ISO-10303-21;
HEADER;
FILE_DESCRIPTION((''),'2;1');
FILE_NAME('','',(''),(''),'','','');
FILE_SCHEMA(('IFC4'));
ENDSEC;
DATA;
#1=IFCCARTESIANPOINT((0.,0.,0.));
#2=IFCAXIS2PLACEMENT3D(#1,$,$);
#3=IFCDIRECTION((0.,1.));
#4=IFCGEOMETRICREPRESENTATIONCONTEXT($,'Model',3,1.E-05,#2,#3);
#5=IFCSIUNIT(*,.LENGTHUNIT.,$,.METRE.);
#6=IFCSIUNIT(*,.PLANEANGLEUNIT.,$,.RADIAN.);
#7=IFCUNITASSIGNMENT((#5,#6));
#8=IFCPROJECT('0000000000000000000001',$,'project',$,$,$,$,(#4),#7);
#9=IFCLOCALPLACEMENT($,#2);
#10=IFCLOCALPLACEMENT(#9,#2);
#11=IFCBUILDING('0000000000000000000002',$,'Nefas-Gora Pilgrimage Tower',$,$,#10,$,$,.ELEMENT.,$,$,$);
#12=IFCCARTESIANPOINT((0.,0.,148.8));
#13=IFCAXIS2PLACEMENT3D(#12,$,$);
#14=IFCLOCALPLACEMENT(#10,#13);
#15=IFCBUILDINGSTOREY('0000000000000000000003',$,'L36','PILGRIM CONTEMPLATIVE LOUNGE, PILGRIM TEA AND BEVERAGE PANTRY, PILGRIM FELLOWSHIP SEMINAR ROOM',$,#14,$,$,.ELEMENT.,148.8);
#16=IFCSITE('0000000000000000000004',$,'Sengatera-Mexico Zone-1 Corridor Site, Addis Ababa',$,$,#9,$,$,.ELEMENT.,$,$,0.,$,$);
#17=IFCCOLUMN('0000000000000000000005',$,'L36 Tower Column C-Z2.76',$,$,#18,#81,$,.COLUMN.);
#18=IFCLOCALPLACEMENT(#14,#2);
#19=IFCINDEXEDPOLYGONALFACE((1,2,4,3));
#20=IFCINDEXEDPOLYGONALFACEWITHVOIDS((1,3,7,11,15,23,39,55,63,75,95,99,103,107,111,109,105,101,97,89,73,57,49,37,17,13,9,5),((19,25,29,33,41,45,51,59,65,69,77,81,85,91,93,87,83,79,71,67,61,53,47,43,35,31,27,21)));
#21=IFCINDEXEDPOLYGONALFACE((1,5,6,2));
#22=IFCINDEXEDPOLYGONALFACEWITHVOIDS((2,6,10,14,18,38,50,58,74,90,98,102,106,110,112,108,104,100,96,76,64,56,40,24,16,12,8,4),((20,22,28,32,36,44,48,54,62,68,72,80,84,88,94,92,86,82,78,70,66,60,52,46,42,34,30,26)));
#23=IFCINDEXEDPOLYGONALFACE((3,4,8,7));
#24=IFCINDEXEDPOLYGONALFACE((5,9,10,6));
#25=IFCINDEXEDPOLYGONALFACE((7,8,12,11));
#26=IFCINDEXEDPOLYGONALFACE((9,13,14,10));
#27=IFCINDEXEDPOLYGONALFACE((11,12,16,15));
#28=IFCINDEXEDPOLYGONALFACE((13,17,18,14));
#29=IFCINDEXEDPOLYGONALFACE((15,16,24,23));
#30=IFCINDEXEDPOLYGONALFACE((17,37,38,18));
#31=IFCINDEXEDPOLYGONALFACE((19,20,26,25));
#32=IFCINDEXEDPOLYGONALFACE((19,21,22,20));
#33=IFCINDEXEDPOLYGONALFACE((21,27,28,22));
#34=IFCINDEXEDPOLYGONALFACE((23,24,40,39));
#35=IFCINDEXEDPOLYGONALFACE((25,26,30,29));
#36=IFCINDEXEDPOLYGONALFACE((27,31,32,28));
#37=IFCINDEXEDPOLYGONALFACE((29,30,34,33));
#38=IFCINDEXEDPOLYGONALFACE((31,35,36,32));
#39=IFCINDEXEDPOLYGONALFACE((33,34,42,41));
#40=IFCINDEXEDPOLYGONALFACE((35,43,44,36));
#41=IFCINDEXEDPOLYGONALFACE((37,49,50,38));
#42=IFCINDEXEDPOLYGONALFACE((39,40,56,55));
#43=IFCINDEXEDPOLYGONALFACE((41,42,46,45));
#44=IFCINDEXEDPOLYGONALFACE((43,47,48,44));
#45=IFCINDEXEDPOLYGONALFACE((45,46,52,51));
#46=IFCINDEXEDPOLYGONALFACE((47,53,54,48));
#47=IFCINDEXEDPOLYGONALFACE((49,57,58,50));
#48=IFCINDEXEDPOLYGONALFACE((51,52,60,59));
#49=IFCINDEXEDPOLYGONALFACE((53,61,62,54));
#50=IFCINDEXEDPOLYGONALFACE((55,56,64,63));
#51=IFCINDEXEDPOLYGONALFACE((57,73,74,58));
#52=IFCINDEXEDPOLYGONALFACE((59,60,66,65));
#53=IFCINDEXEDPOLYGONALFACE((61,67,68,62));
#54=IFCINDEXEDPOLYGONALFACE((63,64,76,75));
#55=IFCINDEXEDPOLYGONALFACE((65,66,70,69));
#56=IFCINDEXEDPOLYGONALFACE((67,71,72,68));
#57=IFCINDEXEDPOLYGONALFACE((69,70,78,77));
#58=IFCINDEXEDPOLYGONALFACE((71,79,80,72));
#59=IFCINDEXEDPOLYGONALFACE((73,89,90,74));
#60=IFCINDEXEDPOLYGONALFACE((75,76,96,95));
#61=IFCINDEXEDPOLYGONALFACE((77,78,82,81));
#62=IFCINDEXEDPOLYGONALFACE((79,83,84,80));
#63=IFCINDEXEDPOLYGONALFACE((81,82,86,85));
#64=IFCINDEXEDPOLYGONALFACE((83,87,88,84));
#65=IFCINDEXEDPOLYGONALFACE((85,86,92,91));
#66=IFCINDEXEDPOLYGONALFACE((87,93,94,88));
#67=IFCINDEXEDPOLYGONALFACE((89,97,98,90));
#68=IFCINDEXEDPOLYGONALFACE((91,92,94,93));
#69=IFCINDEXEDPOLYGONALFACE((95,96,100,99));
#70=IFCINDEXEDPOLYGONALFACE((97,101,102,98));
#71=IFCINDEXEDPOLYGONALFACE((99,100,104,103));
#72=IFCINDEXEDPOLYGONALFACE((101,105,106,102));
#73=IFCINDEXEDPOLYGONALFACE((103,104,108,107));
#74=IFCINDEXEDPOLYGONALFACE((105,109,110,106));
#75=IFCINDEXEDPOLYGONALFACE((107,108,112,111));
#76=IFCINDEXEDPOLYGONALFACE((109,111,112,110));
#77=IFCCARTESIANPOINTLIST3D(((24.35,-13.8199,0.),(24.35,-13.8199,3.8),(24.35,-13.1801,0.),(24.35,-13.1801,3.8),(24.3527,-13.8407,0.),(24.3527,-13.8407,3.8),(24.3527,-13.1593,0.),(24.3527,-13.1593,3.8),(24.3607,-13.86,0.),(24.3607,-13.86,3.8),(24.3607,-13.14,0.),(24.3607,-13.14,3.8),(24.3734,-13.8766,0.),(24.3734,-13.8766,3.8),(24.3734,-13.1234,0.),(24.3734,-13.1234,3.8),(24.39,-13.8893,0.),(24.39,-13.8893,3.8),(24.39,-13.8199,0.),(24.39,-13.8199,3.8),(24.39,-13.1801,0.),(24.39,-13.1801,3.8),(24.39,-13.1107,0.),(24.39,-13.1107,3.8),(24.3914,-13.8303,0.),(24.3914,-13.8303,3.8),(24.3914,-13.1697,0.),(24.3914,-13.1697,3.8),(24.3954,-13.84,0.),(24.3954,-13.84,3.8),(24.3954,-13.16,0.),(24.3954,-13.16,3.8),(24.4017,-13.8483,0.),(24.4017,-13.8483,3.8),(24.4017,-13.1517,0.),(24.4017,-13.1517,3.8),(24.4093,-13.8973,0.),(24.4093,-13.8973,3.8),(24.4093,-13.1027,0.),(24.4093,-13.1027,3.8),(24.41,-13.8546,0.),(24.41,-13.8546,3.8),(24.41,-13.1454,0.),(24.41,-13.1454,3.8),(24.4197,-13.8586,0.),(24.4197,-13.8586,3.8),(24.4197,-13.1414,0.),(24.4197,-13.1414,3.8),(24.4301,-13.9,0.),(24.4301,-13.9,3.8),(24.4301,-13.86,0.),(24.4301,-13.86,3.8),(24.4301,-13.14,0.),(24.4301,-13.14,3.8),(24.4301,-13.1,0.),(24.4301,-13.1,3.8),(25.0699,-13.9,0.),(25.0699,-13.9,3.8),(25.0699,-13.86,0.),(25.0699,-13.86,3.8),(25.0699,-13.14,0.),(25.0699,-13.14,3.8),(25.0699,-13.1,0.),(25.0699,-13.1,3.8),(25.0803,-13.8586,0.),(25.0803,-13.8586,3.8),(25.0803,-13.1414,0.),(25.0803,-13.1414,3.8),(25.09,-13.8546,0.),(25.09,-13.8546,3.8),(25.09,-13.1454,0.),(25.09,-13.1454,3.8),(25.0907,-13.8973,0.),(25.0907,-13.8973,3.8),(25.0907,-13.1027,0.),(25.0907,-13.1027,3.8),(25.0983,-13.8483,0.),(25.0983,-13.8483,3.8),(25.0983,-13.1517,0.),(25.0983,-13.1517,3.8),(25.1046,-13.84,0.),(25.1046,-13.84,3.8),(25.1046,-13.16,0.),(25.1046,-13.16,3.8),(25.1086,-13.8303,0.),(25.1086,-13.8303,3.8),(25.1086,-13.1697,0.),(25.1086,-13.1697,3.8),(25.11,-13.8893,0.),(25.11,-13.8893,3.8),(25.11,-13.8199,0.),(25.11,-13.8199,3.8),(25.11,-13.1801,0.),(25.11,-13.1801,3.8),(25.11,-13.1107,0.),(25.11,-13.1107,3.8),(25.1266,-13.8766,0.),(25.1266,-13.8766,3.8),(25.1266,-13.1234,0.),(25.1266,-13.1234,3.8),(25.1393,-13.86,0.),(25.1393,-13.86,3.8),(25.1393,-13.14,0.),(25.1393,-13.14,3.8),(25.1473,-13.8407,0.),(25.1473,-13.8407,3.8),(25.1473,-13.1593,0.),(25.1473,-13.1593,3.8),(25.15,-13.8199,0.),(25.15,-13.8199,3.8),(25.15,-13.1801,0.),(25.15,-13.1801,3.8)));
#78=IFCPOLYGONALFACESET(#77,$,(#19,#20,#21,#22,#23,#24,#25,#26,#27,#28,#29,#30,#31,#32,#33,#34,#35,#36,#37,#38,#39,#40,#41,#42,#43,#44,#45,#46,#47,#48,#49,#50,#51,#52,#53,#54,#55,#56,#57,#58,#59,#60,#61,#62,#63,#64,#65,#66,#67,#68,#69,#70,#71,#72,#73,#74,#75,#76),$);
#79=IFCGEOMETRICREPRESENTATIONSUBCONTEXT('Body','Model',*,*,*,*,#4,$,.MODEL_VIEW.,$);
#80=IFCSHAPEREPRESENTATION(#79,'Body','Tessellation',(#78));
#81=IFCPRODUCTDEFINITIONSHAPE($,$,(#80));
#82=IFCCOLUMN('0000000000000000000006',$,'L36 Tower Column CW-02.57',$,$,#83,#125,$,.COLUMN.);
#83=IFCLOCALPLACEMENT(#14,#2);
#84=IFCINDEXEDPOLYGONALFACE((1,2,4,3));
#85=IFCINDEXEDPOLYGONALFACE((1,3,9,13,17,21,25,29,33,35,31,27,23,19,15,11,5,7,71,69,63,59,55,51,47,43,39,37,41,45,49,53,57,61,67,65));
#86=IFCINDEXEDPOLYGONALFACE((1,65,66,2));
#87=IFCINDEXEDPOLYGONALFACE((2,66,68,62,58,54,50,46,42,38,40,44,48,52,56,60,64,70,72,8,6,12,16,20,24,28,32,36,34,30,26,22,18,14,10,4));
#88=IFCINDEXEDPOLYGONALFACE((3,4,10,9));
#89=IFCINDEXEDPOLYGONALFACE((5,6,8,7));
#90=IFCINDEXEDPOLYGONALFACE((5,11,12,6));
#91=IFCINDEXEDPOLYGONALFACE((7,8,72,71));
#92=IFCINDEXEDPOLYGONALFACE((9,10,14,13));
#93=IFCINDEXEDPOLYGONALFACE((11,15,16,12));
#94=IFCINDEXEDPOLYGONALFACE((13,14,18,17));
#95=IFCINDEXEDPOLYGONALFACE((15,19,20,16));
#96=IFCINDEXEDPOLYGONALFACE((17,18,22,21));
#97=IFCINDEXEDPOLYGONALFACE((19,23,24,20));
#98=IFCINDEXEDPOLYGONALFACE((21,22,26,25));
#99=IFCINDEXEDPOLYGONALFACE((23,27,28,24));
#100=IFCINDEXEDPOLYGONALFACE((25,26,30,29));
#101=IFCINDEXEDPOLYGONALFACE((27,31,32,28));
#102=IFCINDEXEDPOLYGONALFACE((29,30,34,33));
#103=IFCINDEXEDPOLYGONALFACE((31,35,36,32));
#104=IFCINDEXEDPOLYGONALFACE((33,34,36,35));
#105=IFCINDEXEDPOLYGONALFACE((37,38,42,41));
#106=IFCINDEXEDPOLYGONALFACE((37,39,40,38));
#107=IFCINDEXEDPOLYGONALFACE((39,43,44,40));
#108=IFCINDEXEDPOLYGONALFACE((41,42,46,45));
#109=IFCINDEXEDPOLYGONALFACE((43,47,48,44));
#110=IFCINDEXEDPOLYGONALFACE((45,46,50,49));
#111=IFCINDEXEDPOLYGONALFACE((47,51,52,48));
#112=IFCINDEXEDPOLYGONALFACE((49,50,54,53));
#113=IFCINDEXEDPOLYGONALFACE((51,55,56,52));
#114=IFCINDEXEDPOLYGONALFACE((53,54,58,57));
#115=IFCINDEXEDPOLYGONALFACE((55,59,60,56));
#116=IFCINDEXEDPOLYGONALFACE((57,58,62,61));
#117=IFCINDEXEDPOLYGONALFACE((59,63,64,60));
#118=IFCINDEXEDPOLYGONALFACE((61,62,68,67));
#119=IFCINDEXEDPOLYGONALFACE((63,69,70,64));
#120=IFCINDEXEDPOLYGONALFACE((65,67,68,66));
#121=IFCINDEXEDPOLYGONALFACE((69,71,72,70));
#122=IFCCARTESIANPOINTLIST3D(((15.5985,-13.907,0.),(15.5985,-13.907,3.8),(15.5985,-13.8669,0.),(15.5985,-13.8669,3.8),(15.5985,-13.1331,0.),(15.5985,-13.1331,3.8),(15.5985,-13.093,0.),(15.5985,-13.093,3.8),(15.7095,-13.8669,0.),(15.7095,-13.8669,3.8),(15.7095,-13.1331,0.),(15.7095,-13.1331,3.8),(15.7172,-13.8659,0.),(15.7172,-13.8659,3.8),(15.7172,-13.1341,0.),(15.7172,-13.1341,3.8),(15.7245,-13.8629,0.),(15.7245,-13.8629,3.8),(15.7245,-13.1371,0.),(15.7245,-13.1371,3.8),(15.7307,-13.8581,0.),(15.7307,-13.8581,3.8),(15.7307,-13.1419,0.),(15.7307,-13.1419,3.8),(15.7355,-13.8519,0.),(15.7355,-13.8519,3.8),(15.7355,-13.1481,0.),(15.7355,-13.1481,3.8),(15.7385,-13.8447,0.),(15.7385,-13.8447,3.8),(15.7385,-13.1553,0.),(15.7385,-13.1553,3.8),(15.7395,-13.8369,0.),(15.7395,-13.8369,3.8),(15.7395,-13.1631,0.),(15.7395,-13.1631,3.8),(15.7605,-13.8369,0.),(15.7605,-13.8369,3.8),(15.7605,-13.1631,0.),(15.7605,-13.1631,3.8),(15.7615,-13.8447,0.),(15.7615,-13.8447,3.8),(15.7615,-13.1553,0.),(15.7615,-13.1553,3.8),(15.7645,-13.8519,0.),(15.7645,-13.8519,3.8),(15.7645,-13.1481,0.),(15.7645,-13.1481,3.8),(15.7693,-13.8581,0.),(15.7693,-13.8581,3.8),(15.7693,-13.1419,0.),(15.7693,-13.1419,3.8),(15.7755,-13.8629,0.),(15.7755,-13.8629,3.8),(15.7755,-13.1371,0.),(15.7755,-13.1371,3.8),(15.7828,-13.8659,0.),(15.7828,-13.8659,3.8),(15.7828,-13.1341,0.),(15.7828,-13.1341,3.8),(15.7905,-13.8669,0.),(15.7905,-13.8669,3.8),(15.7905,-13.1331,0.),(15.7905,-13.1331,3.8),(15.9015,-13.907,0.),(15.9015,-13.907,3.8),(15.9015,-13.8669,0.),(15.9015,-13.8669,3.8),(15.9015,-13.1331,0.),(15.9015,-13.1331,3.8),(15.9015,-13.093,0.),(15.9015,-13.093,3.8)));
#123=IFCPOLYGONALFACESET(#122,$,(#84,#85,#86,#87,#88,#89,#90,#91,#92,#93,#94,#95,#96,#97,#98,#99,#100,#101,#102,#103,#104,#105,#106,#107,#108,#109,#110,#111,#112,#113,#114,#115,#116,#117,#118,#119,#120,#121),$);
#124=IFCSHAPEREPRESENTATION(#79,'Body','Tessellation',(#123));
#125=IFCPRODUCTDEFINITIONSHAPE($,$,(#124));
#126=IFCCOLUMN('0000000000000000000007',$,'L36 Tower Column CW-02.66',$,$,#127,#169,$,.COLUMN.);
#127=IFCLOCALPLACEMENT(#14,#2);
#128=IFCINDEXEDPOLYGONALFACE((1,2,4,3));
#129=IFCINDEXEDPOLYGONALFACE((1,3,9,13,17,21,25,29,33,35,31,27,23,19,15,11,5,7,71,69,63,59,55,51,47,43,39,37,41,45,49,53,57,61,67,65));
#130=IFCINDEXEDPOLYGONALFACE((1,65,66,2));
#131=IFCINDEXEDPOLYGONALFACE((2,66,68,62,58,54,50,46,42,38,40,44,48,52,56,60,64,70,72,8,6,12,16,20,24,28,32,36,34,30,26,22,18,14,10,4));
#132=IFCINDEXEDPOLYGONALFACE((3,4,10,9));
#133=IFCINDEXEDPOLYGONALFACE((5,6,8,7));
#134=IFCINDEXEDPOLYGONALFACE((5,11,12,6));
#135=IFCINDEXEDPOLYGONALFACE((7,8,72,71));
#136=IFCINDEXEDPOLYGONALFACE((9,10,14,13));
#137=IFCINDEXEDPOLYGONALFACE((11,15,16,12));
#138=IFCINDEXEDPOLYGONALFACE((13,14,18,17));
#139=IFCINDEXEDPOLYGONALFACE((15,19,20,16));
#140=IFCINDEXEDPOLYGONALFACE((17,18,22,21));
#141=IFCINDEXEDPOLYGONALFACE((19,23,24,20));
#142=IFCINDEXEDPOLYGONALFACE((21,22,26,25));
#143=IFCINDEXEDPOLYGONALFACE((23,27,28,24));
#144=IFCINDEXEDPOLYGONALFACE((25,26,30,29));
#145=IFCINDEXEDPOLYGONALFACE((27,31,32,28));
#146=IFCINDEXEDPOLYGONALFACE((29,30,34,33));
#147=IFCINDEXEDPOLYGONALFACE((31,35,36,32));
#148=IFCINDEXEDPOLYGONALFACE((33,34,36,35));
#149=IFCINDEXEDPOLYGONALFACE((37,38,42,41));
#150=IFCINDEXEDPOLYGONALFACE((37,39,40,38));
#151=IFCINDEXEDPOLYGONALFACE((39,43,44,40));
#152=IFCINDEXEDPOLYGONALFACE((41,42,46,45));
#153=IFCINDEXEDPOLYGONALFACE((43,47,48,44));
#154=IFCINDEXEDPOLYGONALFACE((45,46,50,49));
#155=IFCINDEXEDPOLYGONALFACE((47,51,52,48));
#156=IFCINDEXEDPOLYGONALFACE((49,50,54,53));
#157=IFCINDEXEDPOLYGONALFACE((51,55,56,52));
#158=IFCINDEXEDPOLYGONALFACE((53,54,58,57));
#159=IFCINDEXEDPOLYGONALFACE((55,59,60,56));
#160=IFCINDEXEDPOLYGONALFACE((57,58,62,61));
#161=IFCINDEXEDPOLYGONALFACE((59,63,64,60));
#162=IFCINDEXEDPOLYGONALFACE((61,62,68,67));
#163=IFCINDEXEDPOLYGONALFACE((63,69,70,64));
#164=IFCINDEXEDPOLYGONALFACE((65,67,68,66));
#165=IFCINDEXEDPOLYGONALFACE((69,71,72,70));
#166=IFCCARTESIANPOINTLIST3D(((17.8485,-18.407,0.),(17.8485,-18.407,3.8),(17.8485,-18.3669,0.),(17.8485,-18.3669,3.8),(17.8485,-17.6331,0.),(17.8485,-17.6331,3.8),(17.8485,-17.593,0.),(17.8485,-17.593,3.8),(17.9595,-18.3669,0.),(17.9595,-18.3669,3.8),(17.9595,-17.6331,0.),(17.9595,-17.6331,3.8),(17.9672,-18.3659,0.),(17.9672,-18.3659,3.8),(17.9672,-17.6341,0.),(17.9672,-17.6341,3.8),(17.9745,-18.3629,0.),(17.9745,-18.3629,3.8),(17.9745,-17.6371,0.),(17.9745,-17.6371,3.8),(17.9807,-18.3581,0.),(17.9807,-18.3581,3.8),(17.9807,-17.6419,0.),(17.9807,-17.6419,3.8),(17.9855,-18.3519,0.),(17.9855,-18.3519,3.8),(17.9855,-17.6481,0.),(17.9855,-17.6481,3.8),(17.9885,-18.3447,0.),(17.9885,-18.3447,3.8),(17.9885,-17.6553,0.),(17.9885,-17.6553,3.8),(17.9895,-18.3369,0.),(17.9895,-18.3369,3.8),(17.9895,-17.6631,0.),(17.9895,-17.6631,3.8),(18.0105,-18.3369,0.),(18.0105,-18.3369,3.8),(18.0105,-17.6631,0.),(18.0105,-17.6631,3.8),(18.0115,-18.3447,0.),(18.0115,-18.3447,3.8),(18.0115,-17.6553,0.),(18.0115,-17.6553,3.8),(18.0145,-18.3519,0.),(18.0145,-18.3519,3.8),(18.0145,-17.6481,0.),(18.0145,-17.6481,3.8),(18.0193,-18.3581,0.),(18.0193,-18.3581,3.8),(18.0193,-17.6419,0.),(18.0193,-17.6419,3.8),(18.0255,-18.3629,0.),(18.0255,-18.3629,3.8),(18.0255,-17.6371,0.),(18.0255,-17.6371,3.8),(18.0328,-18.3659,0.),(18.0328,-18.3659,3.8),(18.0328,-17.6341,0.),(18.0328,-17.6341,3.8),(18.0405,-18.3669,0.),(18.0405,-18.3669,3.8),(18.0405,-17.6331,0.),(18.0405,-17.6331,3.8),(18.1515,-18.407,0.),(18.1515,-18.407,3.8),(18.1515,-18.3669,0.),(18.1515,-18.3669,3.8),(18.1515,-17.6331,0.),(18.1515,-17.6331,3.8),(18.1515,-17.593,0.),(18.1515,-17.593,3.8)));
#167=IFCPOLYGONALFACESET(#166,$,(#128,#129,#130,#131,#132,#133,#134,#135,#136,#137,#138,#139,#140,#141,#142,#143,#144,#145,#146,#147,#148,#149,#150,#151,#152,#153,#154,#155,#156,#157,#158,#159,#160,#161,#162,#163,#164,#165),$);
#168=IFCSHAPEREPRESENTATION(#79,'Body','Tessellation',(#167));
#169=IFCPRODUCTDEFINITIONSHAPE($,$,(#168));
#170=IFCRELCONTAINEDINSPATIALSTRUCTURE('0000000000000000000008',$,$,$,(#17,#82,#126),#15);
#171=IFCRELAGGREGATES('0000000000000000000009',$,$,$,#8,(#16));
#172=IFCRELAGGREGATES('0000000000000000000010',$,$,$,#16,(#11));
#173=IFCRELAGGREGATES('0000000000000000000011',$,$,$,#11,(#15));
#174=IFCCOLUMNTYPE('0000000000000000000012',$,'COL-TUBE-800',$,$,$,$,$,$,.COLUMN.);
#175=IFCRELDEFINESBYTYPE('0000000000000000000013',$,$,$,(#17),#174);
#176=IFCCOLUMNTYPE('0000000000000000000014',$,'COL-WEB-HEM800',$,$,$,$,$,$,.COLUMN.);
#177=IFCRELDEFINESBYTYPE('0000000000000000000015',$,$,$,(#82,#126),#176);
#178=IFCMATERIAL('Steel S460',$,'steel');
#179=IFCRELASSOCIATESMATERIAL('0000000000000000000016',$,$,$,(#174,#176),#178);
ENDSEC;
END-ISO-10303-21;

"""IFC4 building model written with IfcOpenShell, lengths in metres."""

from ifc_helpers import new_model, si_unit, direction, frame, origin, origin_2d, place, context, subcontext, project, spatial, hollow_rectangle, i_section, extrude, source, transform, mapped, material, material_profile, profile_set, type_object, element, save


model = new_model("IFC4")

# Units and contexts
model_context = context("Model", 3, precision=1e-05, world=origin(), true_north=direction((0.0, 1.0)))
body_context = subcontext(model_context, "Body", "Model", "MODEL_VIEW")
ifc_project = project(units=[si_unit("LENGTHUNIT", "METRE"), si_unit("PLANEANGLEUNIT", "RADIAN")], contexts=[model_context])

# Site, building, storey
site_placement = place(None, origin())
site = spatial("IfcSite", under=ifc_project, at=site_placement, Name="Sengatera-Mexico Zone-1 Corridor Site, Addis Ababa", CompositionType="ELEMENT", RefElevation=0.0)
building_placement = place(site_placement, origin())
building = spatial("IfcBuilding", under=site, at=building_placement, Name="Nefas-Gora Pilgrimage Tower", CompositionType="ELEMENT")
storey_placement = place(building_placement, frame((0.0, 0.0, 148.8)))
storey = spatial("IfcBuildingStorey", under=building, at=storey_placement, Name="L36", Description="PILGRIM CONTEMPLATIVE LOUNGE, PILGRIM TEA AND BEVERAGE PANTRY, PILGRIM FELLOWSHIP SEMINAR ROOM", CompositionType="ELEMENT", Elevation=148.8)

# Columns
ifc_material_1 = material(Name="Steel S460", Category="steel")
ifc_material_profile_1 = material_profile(ifc_material_1, hollow_rectangle(XDim=0.8, YDim=0.8, WallThickness=0.04, InnerFilletRadius=0.04, OuterFilletRadius=0.0801, at=origin_2d()), Name="BOX 800x800x40")
ifc_profile_set_1 = profile_set([ifc_material_profile_1], Name="Steel S460")
column_type_1 = type_object("IfcColumnType", Name="COL-TUBE-800", PredefinedType="COLUMN", material=ifc_profile_set_1)
shared_shape_1 = source(origin(), body_context, "Body", "SweptSolid", [
    extrude(hollow_rectangle(XDim=0.8, YDim=0.8, WallThickness=0.04, InnerFilletRadius=0.04, OuterFilletRadius=0.0801, at=origin_2d()), origin(), (0.0, 0.0, 1.0), 3.8),
])
for number, where, z_axis, x_axis, name in (
    (1, (24.75, -13.5, 0.0), (0.0, 0.0, 1.0), (1.0, 0.0, 0.0), "L36 Tower Column C-Z2.76"),
):
    element("IfcColumn", number, at=place(storey_placement, frame(where, z_axis=z_axis, x_axis=x_axis)), inside=storey, type_object=column_type_1, Name=name, PredefinedType="COLUMN", context=body_context, shape_type="MappedRepresentation", body=[
        mapped(shared_shape_1, transform((0.0, 0.0, 0.0), x_axis=(1.0, 0.0, 0.0), y_axis=(0.0, 1.0, 0.0), z_axis=(0.0, 0.0, 1.0), scale=1.0)),
    ])
ifc_material_profile_2 = material_profile(ifc_material_1, i_section(OverallWidth=0.303, OverallDepth=0.814, WebThickness=0.021, FlangeThickness=0.04, FilletRadius=0.03, at=origin_2d()), Name="HEM 800")
ifc_profile_set_2 = profile_set([ifc_material_profile_2], Name="Steel S460")
column_type_2 = type_object("IfcColumnType", Name="COL-WEB-HEM800", PredefinedType="COLUMN", material=ifc_profile_set_2)
shared_shape_2 = source(origin(), body_context, "Body", "SweptSolid", [
    extrude(i_section(OverallWidth=0.303, OverallDepth=0.814, WebThickness=0.021, FlangeThickness=0.04, FilletRadius=0.03, at=origin_2d()), origin(), (0.0, 0.0, 1.0), 3.8),
])
for number, where, z_axis, x_axis, name in (
    (2, (15.75, -13.5, 0.0), (0.0, 0.0, 1.0), (1.0, 0.0, 0.0), "L36 Tower Column CW-02.57"),
    (3, (18.0, -18.0, 0.0), (0.0, 0.0, 1.0), (1.0, 0.0, 0.0), "L36 Tower Column CW-02.66"),
):
    element("IfcColumn", number, at=place(storey_placement, frame(where, z_axis=z_axis, x_axis=x_axis)), inside=storey, type_object=column_type_2, Name=name, PredefinedType="COLUMN", context=body_context, shape_type="MappedRepresentation", body=[
        mapped(shared_shape_2, transform((0.0, 0.0, 0.0), x_axis=(1.0, 0.0, 0.0), y_axis=(0.0, 1.0, 0.0), z_axis=(0.0, 0.0, 1.0), scale=1.0)),
    ])

save(model, "model.ifc")
